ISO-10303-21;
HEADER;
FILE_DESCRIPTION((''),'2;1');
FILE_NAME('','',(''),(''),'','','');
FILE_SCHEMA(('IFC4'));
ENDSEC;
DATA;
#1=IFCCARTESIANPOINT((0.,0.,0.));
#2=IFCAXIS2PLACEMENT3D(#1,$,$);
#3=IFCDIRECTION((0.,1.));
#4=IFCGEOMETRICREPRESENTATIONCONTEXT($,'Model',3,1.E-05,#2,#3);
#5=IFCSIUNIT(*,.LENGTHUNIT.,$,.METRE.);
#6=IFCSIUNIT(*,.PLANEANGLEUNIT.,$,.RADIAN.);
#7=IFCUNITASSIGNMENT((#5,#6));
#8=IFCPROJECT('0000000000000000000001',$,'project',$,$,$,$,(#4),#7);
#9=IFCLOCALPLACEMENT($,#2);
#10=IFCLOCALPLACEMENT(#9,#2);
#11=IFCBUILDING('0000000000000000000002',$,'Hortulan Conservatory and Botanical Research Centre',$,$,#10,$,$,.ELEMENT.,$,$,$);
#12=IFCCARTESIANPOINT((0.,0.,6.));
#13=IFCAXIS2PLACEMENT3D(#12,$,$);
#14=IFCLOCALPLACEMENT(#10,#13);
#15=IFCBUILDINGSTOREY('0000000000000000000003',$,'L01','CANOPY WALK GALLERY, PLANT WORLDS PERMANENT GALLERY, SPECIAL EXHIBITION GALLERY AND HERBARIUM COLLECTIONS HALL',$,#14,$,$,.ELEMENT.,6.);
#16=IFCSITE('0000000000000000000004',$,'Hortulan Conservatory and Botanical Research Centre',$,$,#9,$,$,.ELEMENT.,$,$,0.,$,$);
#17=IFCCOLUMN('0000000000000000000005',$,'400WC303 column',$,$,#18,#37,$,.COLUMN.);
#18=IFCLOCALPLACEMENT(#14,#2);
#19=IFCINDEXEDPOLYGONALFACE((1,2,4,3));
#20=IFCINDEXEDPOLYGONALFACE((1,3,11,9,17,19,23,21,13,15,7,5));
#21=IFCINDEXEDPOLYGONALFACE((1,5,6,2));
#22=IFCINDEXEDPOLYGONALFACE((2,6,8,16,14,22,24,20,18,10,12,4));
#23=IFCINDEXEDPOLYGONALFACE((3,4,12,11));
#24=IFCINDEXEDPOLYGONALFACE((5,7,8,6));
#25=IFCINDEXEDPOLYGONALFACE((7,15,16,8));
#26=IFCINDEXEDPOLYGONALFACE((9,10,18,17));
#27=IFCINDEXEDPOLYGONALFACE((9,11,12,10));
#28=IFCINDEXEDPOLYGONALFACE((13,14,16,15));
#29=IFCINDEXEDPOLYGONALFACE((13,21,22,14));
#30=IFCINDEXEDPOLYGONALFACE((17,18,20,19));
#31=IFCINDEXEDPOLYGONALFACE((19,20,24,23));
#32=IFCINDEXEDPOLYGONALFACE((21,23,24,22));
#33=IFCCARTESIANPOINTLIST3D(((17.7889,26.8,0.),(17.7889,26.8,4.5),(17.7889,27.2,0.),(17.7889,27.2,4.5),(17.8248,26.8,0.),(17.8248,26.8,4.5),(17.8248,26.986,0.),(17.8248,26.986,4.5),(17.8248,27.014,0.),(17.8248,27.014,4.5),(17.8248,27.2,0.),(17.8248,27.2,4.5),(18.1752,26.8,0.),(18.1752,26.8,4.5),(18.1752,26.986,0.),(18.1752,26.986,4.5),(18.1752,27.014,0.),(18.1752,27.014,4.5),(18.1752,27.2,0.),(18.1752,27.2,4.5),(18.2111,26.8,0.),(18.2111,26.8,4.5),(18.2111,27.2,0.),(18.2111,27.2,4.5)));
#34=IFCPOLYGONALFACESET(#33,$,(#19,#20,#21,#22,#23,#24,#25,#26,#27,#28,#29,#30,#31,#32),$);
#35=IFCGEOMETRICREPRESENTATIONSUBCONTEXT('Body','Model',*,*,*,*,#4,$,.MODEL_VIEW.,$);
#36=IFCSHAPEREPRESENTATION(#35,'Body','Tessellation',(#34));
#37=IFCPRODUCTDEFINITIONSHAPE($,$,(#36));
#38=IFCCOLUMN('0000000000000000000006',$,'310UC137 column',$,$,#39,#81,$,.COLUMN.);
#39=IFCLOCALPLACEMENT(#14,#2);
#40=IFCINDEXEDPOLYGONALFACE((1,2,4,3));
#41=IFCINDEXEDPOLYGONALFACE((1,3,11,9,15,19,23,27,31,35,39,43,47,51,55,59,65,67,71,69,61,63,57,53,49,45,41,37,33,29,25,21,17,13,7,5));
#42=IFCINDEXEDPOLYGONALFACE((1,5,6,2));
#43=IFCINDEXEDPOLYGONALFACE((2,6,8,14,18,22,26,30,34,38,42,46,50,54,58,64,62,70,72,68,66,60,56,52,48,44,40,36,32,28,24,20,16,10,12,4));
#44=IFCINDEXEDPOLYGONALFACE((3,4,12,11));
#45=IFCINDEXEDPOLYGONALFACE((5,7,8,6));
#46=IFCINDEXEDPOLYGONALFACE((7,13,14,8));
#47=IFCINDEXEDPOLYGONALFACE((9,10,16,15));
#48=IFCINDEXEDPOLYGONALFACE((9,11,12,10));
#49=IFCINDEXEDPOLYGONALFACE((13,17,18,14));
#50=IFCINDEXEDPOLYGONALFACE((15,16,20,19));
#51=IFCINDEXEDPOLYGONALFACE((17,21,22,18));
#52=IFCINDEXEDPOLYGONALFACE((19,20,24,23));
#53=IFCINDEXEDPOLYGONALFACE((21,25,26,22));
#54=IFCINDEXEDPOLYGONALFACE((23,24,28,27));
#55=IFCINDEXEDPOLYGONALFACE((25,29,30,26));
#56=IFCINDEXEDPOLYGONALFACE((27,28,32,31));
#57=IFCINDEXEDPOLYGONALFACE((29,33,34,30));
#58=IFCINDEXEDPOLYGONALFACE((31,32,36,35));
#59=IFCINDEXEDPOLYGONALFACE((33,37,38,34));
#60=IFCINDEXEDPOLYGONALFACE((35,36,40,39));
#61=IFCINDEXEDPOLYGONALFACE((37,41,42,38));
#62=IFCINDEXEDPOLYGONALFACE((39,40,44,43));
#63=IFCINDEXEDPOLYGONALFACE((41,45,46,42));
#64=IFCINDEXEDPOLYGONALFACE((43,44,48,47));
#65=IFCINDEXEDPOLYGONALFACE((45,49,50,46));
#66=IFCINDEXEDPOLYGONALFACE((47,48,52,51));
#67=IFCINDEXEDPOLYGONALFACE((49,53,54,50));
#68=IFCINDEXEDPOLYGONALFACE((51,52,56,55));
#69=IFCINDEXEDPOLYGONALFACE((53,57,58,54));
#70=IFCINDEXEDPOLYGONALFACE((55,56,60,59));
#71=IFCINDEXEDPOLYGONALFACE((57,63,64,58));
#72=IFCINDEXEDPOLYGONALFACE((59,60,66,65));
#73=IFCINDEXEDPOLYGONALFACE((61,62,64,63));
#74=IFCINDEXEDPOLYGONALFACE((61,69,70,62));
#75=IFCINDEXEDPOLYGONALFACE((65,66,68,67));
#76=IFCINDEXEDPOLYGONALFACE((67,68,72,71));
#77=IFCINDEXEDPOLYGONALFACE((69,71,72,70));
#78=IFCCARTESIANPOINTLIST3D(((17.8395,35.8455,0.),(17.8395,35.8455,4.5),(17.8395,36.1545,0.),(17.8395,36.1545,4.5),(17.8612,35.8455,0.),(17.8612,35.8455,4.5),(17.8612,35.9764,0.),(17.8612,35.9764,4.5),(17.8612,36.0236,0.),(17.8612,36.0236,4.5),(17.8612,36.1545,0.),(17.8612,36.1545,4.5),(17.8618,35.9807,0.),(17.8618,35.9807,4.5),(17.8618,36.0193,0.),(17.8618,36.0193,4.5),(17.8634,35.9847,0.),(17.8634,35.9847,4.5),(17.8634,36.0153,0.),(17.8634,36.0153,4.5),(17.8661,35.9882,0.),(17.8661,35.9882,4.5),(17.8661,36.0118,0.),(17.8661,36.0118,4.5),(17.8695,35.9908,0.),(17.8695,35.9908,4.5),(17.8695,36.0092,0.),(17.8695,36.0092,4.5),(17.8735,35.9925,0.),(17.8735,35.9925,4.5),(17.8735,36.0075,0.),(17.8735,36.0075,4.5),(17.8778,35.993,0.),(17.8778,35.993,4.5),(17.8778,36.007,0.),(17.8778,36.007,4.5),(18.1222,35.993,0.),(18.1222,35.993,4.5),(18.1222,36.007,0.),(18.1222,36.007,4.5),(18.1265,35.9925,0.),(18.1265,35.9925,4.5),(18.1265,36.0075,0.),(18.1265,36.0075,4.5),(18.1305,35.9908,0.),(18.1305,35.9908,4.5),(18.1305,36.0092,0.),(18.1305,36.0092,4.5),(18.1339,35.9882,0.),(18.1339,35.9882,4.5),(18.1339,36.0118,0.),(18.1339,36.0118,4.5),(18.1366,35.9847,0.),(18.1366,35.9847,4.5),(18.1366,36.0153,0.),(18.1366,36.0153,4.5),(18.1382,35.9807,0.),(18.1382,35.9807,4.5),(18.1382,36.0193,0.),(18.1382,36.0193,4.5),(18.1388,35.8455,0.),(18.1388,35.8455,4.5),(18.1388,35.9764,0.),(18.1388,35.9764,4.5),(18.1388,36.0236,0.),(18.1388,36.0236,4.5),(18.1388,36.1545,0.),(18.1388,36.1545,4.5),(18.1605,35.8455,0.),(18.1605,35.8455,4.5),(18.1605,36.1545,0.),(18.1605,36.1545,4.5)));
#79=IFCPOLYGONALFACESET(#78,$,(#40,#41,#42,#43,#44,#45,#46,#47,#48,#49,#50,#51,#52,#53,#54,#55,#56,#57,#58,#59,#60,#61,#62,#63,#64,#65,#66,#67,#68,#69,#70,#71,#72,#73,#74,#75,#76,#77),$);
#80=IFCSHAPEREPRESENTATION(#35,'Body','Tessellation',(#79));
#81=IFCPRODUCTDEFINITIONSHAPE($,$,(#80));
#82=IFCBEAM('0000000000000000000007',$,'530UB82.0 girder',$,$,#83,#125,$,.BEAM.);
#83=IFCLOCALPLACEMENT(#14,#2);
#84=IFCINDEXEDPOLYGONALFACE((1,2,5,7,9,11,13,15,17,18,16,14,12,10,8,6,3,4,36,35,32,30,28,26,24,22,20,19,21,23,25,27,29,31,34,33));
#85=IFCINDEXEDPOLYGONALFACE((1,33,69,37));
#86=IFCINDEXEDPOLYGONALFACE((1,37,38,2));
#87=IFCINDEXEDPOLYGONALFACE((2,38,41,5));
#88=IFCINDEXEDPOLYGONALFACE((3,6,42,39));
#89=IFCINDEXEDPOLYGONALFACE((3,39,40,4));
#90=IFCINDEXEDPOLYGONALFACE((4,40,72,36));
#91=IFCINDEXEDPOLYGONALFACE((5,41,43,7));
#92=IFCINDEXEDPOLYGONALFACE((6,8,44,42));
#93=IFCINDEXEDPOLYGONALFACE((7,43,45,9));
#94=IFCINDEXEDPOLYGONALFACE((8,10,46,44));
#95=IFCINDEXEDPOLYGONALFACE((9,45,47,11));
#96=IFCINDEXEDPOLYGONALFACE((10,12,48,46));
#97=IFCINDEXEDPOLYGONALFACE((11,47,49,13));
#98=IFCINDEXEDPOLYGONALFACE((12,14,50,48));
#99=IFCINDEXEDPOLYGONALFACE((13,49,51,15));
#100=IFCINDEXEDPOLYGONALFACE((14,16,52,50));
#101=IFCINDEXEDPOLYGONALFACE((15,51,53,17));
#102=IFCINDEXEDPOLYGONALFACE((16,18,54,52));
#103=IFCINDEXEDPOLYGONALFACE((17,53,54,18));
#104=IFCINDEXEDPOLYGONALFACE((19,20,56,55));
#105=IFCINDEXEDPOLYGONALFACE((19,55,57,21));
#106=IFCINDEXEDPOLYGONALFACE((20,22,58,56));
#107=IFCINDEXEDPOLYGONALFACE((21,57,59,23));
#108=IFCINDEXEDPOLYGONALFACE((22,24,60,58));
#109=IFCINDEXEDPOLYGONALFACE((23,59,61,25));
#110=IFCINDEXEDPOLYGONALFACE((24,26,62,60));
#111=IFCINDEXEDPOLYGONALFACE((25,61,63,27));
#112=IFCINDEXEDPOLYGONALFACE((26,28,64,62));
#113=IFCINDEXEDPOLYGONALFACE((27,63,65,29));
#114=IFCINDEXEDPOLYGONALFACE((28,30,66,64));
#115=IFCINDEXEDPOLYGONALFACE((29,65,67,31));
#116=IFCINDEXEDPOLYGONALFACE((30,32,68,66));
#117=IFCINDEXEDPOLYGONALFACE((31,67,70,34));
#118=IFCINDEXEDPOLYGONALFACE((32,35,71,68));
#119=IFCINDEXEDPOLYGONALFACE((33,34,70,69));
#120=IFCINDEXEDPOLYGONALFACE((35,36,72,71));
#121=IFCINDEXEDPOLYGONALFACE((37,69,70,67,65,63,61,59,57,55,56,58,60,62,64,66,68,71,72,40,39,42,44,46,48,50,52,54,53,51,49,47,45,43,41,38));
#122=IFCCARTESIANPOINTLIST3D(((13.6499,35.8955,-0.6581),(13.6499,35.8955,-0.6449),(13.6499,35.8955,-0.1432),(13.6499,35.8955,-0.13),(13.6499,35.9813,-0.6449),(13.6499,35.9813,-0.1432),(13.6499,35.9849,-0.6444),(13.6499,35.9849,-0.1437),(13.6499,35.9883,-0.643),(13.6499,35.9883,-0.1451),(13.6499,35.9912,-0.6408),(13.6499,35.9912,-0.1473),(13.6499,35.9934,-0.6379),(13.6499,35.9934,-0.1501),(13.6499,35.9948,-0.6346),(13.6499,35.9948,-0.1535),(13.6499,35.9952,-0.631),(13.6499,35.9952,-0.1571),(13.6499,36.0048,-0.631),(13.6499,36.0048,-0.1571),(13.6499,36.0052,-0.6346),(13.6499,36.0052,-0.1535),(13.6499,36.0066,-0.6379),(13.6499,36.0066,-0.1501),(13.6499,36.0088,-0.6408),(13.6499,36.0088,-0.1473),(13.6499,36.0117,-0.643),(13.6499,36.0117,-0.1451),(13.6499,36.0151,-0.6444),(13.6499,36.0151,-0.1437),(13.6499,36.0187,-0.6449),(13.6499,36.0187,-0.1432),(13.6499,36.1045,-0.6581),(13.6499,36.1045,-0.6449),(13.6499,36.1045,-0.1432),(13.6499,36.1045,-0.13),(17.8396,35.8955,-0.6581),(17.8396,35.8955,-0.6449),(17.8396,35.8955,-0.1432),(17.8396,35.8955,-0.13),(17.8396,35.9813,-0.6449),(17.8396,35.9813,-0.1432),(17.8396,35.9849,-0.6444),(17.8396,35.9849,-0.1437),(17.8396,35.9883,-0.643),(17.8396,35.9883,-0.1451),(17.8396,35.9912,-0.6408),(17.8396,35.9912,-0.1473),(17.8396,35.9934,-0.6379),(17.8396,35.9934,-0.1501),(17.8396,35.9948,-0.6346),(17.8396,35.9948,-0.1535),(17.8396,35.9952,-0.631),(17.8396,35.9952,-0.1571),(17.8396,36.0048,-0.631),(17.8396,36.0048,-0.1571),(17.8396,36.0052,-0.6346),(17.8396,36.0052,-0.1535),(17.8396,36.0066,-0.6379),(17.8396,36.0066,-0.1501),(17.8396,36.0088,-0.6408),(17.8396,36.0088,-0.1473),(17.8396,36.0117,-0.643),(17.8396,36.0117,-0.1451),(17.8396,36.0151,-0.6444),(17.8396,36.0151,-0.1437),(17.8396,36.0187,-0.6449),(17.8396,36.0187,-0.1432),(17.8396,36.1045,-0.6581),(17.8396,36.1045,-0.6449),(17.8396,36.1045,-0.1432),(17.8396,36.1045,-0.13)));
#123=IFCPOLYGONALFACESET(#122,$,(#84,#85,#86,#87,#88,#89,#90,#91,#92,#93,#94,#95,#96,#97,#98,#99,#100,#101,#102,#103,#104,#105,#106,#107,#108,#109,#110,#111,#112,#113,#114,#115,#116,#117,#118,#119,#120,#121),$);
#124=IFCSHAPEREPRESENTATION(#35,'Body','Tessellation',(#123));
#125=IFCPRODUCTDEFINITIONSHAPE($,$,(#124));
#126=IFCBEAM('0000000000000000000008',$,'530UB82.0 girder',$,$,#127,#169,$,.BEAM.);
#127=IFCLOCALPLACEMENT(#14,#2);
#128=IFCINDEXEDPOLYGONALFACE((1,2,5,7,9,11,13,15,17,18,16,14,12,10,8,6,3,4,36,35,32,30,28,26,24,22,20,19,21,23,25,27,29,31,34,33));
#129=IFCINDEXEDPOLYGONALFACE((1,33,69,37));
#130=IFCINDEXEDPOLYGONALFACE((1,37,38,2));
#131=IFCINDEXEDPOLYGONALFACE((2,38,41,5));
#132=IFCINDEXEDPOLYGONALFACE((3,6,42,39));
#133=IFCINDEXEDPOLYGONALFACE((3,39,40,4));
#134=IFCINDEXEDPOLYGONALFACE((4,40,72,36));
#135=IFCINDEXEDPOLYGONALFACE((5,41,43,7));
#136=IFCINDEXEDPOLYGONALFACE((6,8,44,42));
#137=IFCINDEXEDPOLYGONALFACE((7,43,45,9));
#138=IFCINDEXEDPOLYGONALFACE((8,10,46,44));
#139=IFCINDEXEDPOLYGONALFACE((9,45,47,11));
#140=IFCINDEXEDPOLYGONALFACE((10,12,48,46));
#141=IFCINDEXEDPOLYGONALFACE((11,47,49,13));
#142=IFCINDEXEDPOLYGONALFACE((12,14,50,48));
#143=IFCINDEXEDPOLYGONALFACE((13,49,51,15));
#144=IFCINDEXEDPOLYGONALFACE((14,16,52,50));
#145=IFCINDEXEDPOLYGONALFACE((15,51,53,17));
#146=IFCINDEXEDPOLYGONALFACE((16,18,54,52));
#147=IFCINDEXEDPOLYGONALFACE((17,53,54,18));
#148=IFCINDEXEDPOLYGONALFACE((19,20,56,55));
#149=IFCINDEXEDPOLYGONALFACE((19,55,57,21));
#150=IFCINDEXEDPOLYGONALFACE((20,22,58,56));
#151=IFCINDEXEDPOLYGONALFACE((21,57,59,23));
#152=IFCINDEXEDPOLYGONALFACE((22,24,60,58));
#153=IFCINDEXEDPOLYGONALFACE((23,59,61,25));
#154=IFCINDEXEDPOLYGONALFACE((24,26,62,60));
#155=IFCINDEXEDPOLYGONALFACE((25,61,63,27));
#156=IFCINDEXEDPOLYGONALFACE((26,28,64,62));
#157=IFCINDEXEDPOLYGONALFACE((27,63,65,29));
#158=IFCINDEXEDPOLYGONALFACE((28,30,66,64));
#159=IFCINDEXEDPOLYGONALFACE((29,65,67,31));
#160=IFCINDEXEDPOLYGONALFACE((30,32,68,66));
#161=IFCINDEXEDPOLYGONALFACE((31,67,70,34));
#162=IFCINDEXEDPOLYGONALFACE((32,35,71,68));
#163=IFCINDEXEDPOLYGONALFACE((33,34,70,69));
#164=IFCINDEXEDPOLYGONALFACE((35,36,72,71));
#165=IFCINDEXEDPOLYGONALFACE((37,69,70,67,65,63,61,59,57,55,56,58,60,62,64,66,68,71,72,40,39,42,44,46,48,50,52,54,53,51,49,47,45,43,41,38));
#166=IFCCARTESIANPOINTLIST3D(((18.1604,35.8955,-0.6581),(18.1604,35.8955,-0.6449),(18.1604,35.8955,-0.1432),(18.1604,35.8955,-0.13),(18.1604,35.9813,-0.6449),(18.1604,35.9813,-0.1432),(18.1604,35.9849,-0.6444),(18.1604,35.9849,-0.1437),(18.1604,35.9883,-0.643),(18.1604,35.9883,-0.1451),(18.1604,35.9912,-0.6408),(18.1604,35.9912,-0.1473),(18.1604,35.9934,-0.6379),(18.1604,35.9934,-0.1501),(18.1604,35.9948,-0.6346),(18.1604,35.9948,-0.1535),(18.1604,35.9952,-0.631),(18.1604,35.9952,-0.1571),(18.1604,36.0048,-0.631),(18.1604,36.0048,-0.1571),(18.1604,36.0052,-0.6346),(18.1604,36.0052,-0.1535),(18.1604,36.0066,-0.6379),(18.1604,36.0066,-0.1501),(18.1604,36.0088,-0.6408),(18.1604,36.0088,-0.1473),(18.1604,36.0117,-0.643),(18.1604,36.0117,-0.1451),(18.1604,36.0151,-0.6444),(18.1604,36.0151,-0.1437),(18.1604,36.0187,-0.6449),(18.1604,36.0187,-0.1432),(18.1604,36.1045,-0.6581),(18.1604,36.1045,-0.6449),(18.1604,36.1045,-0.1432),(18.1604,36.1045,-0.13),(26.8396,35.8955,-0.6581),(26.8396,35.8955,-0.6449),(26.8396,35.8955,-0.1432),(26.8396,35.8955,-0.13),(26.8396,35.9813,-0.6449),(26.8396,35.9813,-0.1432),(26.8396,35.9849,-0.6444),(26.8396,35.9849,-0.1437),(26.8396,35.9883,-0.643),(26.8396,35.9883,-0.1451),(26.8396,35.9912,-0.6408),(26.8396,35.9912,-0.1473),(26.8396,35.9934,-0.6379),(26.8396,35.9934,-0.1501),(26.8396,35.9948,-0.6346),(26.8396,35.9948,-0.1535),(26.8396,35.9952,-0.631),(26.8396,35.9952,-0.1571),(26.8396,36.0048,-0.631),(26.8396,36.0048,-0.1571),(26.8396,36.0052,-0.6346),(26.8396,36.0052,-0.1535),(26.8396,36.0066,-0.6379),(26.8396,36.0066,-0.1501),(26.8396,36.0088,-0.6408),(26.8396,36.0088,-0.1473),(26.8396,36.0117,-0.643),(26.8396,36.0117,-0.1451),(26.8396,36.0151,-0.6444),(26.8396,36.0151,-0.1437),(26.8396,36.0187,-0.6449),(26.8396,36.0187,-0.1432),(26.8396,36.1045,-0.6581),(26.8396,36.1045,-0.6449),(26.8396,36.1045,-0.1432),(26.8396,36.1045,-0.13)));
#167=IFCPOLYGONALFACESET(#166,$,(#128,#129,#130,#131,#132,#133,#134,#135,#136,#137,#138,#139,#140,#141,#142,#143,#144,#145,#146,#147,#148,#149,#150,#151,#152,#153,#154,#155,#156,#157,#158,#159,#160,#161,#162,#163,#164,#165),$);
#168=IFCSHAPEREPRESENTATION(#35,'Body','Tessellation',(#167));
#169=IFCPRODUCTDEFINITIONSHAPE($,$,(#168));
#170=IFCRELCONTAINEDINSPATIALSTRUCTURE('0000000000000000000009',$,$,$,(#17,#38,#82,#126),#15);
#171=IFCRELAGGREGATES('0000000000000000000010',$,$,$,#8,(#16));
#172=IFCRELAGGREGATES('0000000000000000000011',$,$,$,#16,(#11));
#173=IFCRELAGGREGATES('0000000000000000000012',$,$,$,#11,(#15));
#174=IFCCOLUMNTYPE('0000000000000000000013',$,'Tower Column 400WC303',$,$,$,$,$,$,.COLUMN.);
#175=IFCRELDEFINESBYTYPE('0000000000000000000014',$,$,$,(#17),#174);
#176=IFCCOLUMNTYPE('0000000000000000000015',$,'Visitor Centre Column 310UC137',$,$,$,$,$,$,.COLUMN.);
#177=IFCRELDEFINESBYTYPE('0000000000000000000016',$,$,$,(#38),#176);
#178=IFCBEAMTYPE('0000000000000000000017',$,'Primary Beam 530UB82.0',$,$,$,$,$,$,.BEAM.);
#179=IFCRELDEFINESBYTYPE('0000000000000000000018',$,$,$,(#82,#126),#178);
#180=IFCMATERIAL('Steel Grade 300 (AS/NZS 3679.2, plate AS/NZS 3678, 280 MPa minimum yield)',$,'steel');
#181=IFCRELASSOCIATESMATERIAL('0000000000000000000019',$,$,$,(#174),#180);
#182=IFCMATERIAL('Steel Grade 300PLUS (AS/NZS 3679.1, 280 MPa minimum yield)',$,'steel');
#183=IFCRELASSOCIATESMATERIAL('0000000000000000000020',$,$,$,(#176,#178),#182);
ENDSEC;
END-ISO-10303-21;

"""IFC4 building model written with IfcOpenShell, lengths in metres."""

from ifc_helpers import new_model, si_unit, direction, frame, origin, origin_2d, place, context, subcontext, project, spatial, i_section, extrude, material, material_profile, profile_set, type_object, element, save


model = new_model("IFC4")

# Units and contexts
model_context = context("Model", 3, precision=1e-05, world=origin(), true_north=direction((0.0, 1.0)))
body_context = subcontext(model_context, "Body", "Model", "MODEL_VIEW")
ifc_project = project(units=[si_unit("LENGTHUNIT", "METRE"), si_unit("PLANEANGLEUNIT", "RADIAN")], contexts=[model_context])

# Site, building, storey
site_placement = place(None, origin())
site = spatial("IfcSite", under=ifc_project, at=site_placement, Name="Hortulan Conservatory and Botanical Research Centre", CompositionType="ELEMENT", RefElevation=0.0)
building_placement = place(site_placement, origin())
building = spatial("IfcBuilding", under=site, at=building_placement, Name="Hortulan Conservatory and Botanical Research Centre", CompositionType="ELEMENT")
storey_placement = place(building_placement, frame((0.0, 0.0, 6.0)))
storey = spatial("IfcBuildingStorey", under=building, at=storey_placement, Name="L01", Description="CANOPY WALK GALLERY, PLANT WORLDS PERMANENT GALLERY, SPECIAL EXHIBITION GALLERY AND HERBARIUM COLLECTIONS HALL", CompositionType="ELEMENT", Elevation=6.0)

# Columns
ifc_material_1 = material(Name="Steel Grade 300 (AS/NZS 3679.2, plate AS/NZS 3678, 280 MPa minimum yield)", Category="steel")
ifc_material_profile_1 = material_profile(ifc_material_1, i_section(OverallWidth=0.3999, OverallDepth=0.4221, WebThickness=0.0281, FlangeThickness=0.0359, at=origin_2d()), Name="400WC303")
ifc_profile_set_1 = profile_set([ifc_material_profile_1], Name="Steel Grade 300 (AS/NZS 3679.2, plate AS/NZS 3678, 280 MPa minimum yield)")
column_type_1 = type_object("IfcColumnType", Name="Tower Column 400WC303", PredefinedType="COLUMN", material=ifc_profile_set_1)
column_1_placement = place(storey_placement, frame((18.0, 27.0, 0.0), z_axis=(0.0, 0.0, 1.0), x_axis=(0.0, 1.0, 0.0)))
element("IfcColumn", 1, at=column_1_placement, inside=storey, type_object=column_type_1, Name="400WC303 column", PredefinedType="COLUMN", context=body_context, shape_type="SweptSolid", body=[
    extrude(i_section(OverallWidth=0.3999, OverallDepth=0.4221, WebThickness=0.0281, FlangeThickness=0.0359, at=origin_2d()), origin(), (0.0, 0.0, 1.0), 4.5),
])
ifc_material_2 = material(Name="Steel Grade 300PLUS (AS/NZS 3679.1, 280 MPa minimum yield)", Category="steel")
ifc_material_profile_2 = material_profile(ifc_material_2, i_section(OverallWidth=0.3091, OverallDepth=0.321, WebThickness=0.0139, FlangeThickness=0.0217, FilletRadius=0.0166, at=origin_2d()), Name="310UC137")
ifc_profile_set_2 = profile_set([ifc_material_profile_2], Name="Steel Grade 300PLUS (AS/NZS 3679.1, 280 MPa minimum yield)")
column_type_2 = type_object("IfcColumnType", Name="Visitor Centre Column 310UC137", PredefinedType="COLUMN", material=ifc_profile_set_2)
column_2_placement = place(storey_placement, frame((18.0, 36.0, 0.0), z_axis=(0.0, 0.0, 1.0), x_axis=(0.0, 1.0, 0.0)))
element("IfcColumn", 2, at=column_2_placement, inside=storey, type_object=column_type_2, Name="310UC137 column", PredefinedType="COLUMN", context=body_context, shape_type="SweptSolid", body=[
    extrude(i_section(OverallWidth=0.3091, OverallDepth=0.321, WebThickness=0.0139, FlangeThickness=0.0217, FilletRadius=0.0166, at=origin_2d()), origin(), (0.0, 0.0, 1.0), 4.5),
])

# Beams
ifc_material_profile_3 = material_profile(ifc_material_2, i_section(OverallWidth=0.209, OverallDepth=0.5281, WebThickness=0.0095, FlangeThickness=0.0132, FilletRadius=0.0139, at=origin_2d()), Name="530UB82.0")
ifc_profile_set_3 = profile_set([ifc_material_profile_3], Name="Steel Grade 300PLUS (AS/NZS 3679.1, 280 MPa minimum yield)")
beam_type_1 = type_object("IfcBeamType", Name="Primary Beam 530UB82.0", PredefinedType="BEAM", material=ifc_profile_set_3)
beam_1_placement = place(storey_placement, frame((13.6499, 36.0, -0.394), z_axis=(1.0, 0.0, 0.0), x_axis=(0.0, 1.0, 0.0)))
element("IfcBeam", 3, at=beam_1_placement, inside=storey, type_object=beam_type_1, Name="530UB82.0 girder", PredefinedType="BEAM", context=body_context, shape_type="SweptSolid", body=[
    extrude(i_section(OverallWidth=0.209, OverallDepth=0.5281, WebThickness=0.0095, FlangeThickness=0.0132, FilletRadius=0.0139, at=origin_2d()), origin(), (0.0, 0.0, 1.0), 4.1897),
])
beam_2_placement = place(storey_placement, frame((18.1604, 36.0, -0.394), z_axis=(1.0, 0.0, 0.0), x_axis=(0.0, 1.0, 0.0)))
element("IfcBeam", 4, at=beam_2_placement, inside=storey, type_object=beam_type_1, Name="530UB82.0 girder", PredefinedType="BEAM", context=body_context, shape_type="SweptSolid", body=[
    extrude(i_section(OverallWidth=0.209, OverallDepth=0.5281, WebThickness=0.0095, FlangeThickness=0.0132, FilletRadius=0.0139, at=origin_2d()), origin(), (0.0, 0.0, 1.0), 8.6792),
])

save(model, "model.ifc")
